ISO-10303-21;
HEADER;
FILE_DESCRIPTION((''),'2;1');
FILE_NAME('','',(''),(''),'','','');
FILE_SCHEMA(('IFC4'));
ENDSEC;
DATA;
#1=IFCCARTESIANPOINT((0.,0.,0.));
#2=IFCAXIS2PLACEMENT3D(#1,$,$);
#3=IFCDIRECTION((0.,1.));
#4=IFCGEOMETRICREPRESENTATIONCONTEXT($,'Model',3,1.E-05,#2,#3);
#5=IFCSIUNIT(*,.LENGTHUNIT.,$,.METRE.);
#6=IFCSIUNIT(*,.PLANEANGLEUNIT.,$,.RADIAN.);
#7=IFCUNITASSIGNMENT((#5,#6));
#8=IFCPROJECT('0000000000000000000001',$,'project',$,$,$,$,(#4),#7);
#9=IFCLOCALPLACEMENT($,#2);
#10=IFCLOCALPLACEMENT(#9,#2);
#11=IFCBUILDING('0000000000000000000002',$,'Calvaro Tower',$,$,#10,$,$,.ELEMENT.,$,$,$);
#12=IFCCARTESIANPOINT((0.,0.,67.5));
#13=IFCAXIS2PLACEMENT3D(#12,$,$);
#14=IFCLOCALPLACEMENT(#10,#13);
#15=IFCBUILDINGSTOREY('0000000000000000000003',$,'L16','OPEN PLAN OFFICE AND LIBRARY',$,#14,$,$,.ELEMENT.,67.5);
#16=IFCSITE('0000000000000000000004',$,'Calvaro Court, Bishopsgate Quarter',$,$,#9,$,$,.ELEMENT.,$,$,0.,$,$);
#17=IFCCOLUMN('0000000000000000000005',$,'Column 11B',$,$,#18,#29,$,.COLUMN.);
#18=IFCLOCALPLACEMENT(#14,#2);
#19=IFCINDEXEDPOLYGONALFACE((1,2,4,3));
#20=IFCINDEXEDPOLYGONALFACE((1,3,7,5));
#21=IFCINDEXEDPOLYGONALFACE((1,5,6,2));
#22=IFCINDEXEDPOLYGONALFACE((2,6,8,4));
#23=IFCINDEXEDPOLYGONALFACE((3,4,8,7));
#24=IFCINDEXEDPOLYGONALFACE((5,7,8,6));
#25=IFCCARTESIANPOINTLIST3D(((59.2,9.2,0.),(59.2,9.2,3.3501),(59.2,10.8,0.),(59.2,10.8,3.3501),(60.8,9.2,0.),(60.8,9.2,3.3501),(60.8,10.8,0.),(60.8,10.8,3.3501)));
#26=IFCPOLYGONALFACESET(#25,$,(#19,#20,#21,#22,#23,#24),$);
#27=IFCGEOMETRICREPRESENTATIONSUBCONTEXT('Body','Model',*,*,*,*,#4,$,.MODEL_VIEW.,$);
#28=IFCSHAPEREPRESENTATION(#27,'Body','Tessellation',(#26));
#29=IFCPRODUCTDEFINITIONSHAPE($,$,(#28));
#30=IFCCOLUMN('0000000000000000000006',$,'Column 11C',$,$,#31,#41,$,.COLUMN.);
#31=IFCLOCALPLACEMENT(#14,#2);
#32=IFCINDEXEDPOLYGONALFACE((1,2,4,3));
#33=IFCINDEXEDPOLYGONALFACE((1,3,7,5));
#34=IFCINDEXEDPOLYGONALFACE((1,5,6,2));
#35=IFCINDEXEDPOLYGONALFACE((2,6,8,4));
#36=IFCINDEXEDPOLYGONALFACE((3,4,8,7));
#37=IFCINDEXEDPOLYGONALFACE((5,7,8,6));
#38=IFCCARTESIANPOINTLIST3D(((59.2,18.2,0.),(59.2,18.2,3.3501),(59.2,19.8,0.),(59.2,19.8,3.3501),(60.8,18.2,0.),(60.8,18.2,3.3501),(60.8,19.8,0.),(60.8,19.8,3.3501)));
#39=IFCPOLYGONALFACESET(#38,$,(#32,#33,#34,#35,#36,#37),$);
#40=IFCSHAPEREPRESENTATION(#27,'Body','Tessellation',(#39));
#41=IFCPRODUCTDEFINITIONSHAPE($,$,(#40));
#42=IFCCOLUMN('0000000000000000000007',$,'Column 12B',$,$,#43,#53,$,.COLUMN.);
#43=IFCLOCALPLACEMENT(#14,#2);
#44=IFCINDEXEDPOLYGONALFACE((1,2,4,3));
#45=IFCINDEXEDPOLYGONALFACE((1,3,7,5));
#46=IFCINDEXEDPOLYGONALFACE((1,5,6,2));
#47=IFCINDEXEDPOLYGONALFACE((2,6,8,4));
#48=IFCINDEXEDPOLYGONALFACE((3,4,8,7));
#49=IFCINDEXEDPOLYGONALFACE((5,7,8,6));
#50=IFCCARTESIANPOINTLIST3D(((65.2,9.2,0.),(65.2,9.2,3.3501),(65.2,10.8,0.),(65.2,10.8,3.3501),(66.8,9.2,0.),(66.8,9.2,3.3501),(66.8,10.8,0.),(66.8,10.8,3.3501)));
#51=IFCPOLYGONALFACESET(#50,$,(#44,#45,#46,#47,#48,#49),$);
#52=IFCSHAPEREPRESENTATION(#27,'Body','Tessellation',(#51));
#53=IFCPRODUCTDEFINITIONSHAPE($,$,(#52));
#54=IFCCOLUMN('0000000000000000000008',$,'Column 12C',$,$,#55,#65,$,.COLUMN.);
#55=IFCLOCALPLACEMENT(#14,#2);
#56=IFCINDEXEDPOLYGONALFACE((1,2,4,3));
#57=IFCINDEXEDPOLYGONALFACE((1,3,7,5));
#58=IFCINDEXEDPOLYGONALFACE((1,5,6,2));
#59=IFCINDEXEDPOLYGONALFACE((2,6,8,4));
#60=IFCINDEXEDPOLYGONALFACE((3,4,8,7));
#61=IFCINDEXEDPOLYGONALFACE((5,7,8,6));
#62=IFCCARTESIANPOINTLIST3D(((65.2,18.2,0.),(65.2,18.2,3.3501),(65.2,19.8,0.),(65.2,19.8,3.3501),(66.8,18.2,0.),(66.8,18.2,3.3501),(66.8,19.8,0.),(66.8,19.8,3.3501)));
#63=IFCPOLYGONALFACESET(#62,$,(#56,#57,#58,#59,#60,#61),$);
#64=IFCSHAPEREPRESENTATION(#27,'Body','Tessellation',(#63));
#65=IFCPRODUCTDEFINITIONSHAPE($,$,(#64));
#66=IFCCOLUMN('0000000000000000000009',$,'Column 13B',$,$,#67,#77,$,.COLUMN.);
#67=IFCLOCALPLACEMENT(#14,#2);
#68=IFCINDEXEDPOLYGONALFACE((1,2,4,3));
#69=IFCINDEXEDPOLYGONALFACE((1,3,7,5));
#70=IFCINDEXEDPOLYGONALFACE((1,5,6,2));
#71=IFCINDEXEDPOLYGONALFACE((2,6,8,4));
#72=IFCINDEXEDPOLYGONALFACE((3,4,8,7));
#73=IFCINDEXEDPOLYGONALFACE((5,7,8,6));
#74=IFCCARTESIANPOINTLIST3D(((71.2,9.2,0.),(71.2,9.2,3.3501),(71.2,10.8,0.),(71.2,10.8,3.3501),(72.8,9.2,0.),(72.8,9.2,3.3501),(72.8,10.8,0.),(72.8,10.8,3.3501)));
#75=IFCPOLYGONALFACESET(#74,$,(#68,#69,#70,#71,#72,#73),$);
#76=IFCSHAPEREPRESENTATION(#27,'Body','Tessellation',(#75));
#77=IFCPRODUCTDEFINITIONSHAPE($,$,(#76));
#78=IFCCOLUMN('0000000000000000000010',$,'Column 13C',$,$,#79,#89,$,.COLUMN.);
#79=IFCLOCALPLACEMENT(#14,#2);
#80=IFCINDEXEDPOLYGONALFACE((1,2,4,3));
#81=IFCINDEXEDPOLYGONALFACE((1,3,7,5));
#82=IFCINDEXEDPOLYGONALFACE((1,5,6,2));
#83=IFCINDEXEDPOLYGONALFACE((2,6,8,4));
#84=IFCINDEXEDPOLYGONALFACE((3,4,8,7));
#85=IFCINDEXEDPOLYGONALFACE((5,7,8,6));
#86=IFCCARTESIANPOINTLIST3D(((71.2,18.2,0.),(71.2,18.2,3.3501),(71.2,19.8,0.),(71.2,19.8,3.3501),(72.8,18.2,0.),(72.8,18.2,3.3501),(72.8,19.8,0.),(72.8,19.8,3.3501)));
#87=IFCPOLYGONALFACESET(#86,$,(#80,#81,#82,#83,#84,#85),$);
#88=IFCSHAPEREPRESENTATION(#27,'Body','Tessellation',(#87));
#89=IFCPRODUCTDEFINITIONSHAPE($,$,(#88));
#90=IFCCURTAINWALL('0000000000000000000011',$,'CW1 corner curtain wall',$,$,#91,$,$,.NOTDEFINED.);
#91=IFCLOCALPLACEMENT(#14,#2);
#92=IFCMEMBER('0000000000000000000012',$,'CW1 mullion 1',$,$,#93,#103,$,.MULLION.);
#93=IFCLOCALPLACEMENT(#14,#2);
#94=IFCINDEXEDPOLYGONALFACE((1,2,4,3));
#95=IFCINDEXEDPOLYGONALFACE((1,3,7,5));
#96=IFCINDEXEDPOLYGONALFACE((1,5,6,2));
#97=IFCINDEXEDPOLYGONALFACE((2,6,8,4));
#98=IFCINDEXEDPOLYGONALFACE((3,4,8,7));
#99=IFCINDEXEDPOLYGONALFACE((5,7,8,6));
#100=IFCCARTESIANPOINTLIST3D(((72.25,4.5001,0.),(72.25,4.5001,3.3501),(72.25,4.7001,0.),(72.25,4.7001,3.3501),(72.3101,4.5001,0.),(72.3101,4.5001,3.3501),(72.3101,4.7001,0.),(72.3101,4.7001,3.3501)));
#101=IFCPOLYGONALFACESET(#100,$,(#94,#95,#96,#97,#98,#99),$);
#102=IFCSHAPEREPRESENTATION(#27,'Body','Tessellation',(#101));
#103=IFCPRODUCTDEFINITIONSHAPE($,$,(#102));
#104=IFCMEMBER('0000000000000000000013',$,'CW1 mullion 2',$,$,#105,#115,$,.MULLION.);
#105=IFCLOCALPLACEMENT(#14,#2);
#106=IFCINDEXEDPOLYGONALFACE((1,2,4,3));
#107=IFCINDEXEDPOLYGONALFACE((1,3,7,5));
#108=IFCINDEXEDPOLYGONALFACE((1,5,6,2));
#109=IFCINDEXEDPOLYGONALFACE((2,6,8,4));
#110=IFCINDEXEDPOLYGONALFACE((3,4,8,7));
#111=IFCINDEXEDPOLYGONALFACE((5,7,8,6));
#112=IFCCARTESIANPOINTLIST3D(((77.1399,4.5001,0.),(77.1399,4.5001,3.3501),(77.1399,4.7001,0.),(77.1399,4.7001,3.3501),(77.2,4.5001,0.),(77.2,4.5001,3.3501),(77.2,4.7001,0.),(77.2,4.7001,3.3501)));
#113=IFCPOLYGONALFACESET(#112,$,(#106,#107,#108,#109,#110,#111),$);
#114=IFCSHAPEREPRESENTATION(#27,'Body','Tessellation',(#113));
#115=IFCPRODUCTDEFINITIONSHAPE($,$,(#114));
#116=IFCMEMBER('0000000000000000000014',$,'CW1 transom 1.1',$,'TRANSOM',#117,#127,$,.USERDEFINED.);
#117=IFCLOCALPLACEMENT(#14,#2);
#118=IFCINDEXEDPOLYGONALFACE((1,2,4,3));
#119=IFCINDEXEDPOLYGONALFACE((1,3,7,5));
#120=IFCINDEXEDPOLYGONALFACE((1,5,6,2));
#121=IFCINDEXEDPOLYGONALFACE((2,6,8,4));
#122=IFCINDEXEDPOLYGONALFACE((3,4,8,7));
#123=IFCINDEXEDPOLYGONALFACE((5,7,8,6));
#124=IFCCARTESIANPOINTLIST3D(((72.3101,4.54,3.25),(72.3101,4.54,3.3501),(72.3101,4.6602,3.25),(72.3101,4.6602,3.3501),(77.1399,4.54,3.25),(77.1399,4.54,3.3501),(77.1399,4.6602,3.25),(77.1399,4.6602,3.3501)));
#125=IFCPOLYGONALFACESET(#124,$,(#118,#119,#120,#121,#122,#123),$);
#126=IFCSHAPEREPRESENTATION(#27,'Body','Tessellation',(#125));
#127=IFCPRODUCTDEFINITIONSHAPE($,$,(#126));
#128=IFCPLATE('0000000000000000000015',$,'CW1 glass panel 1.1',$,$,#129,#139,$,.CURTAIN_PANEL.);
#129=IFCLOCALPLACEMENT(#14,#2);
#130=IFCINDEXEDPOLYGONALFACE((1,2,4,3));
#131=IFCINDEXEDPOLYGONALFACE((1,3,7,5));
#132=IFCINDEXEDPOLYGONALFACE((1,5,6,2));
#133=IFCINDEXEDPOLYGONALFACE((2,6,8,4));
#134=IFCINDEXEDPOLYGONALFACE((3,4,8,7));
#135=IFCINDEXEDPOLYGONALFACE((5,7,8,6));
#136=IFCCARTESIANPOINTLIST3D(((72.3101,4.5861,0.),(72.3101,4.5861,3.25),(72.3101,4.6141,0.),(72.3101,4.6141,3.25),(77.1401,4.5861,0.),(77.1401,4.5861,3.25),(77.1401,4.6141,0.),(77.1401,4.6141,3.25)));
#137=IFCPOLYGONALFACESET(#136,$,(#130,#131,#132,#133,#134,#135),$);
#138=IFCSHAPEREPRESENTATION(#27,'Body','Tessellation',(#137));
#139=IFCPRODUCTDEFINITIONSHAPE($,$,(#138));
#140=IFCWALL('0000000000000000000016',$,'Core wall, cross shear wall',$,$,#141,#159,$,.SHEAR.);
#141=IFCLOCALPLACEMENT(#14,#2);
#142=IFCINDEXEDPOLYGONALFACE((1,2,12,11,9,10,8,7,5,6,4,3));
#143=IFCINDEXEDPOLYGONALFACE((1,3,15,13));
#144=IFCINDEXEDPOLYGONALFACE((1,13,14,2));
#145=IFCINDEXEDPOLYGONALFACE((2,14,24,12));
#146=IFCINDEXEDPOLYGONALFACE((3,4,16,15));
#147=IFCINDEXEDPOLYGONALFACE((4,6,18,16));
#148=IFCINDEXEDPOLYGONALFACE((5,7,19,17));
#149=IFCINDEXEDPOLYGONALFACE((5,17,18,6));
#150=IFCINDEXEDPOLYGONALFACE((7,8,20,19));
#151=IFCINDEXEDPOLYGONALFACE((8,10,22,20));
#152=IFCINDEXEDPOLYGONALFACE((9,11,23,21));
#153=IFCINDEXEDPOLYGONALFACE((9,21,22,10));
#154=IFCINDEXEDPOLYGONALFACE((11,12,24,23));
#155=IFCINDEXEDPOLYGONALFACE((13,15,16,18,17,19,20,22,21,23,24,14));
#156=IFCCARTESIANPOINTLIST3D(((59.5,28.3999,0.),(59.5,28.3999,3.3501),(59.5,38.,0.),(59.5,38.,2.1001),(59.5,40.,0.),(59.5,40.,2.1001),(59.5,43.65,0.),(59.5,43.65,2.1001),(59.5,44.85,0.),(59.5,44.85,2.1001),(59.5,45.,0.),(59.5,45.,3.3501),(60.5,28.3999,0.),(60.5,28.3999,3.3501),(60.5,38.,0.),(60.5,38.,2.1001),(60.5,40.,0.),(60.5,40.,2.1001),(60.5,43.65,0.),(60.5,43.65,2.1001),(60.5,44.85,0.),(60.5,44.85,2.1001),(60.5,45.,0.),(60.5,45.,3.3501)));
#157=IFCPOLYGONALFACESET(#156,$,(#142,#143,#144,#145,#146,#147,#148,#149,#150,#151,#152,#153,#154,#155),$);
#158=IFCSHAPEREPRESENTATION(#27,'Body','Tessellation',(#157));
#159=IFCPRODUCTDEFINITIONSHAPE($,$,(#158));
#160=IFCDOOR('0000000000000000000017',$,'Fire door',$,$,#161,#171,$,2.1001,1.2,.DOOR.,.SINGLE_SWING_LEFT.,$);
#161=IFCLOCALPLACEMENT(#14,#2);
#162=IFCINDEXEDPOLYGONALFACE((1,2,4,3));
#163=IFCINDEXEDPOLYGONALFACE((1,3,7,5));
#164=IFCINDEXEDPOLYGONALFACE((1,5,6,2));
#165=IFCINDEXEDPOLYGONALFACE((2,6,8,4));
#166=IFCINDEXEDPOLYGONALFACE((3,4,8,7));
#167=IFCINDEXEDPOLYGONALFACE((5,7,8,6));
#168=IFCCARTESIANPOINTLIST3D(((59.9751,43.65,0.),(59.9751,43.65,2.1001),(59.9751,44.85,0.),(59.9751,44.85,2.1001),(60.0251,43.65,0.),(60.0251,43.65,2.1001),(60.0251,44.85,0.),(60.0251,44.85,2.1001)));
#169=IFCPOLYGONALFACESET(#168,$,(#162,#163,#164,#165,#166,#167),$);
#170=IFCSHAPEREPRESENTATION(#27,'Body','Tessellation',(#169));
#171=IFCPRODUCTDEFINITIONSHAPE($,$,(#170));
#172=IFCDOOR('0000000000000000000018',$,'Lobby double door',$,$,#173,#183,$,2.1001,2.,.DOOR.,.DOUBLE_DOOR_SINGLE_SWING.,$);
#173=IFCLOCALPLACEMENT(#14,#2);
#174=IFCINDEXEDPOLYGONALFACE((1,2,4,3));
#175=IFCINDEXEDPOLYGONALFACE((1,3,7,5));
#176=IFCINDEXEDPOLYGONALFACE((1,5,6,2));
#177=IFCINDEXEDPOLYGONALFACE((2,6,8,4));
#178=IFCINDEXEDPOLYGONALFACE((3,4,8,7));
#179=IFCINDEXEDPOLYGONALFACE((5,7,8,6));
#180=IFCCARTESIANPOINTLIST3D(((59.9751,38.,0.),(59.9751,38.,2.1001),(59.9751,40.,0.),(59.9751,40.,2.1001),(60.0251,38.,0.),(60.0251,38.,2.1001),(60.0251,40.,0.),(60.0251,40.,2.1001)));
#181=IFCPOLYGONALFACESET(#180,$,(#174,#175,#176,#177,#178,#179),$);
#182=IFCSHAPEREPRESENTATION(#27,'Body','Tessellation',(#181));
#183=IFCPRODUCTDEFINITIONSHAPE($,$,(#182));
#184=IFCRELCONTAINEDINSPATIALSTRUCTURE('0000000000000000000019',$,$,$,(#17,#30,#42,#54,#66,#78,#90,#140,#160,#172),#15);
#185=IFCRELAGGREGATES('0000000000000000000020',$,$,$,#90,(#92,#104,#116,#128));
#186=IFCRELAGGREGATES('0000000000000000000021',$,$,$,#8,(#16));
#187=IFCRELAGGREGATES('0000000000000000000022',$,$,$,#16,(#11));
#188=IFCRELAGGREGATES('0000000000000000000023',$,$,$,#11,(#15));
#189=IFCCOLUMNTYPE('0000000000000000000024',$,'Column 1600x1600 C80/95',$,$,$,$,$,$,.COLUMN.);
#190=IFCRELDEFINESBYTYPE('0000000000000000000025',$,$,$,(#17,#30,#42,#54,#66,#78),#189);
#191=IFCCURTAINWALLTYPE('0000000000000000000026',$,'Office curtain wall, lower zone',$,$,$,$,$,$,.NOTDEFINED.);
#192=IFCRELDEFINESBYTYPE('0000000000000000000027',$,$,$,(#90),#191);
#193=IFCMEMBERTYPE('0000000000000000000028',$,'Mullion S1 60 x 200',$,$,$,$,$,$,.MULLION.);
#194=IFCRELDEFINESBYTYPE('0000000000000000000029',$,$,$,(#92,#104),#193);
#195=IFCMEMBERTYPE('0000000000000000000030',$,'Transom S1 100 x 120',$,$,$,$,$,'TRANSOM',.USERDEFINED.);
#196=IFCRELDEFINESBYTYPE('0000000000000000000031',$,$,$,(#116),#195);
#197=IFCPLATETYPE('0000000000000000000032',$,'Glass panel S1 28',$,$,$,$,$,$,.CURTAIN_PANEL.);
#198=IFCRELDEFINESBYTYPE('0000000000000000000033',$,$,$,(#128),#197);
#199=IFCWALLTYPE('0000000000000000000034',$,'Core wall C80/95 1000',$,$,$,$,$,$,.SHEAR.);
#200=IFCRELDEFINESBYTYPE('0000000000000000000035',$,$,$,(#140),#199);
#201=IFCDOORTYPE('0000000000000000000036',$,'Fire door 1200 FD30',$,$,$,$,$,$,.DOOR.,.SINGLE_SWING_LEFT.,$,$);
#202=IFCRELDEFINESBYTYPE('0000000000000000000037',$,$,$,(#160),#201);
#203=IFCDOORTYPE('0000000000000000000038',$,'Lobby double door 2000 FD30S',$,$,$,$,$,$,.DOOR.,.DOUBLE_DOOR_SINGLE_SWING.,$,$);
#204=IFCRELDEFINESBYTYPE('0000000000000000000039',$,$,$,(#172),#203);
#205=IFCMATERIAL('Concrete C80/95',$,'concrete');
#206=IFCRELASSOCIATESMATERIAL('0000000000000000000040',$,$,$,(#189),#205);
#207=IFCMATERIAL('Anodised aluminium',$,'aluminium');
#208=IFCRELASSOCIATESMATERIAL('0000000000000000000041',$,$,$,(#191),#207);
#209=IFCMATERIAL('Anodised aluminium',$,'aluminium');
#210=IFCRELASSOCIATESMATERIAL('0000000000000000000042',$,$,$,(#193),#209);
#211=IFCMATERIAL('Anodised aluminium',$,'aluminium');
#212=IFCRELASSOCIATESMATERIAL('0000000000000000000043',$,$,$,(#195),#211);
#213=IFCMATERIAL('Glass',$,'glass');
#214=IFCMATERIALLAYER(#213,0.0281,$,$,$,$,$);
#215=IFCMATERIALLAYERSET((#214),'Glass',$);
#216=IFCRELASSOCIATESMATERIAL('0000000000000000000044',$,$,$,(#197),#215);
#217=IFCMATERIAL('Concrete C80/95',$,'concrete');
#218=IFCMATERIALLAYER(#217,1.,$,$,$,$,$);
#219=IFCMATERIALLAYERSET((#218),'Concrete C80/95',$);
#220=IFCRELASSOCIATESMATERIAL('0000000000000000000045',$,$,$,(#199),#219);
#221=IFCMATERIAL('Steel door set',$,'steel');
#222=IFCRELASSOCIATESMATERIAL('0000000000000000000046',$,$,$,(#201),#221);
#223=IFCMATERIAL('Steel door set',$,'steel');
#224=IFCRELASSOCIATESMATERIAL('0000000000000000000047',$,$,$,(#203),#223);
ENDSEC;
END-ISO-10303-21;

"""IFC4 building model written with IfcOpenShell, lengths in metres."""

from ifc_helpers import new_model, si_unit, direction, frame, frame_2d, origin, origin_2d, place, context, subcontext, project, spatial, rectangle, extrude, material, layer, layer_set, material_profile, profile_set, type_object, element, fill, aggregate, save


model = new_model("IFC4")

# Units and contexts
model_context = context("Model", 3, precision=1e-05, world=origin(), true_north=direction((0.0, 1.0)))
body_context = subcontext(model_context, "Body", "Model", "MODEL_VIEW")
ifc_project = project(units=[si_unit("LENGTHUNIT", "METRE"), si_unit("PLANEANGLEUNIT", "RADIAN")], contexts=[model_context])

# Site, building, storey
site_placement = place(None, origin())
site = spatial("IfcSite", under=ifc_project, at=site_placement, Name="Calvaro Court, Bishopsgate Quarter", CompositionType="ELEMENT", RefElevation=0.0)
building_placement = place(site_placement, origin())
building = spatial("IfcBuilding", under=site, at=building_placement, Name="Calvaro Tower", CompositionType="ELEMENT")
storey_placement = place(building_placement, frame((0.0, 0.0, 67.5)))
storey = spatial("IfcBuildingStorey", under=building, at=storey_placement, Name="L16", Description="OPEN PLAN OFFICE AND LIBRARY", CompositionType="ELEMENT", Elevation=67.5)

# Columns
ifc_material_1 = material(Name="Concrete C80/95", Category="concrete")
ifc_material_profile_1 = material_profile(ifc_material_1, rectangle(XDim=1.6001, YDim=1.6001, at=origin_2d()), Name="RC 1600x1600")
ifc_profile_set_1 = profile_set([ifc_material_profile_1], Name="Concrete C80/95")
column_type = type_object("IfcColumnType", Name="Column 1600x1600 C80/95", PredefinedType="COLUMN", material=ifc_profile_set_1)
for number, where, z_axis, x_axis, name in (
    (1, (60.0, 10.0, 0.0), (0.0, 0.0, 1.0), (1.0, 0.0, 0.0), "Column 11B"),
    (2, (60.0, 19.0, 0.0), (0.0, 0.0, 1.0), (1.0, 0.0, 0.0), "Column 11C"),
    (3, (66.0, 10.0, 0.0), (0.0, 0.0, 1.0), (1.0, 0.0, 0.0), "Column 12B"),
    (4, (66.0, 19.0, 0.0), (0.0, 0.0, 1.0), (1.0, 0.0, 0.0), "Column 12C"),
    (5, (72.0, 10.0, 0.0), (0.0, 0.0, 1.0), (1.0, 0.0, 0.0), "Column 13B"),
    (6, (72.0, 19.0, 0.0), (0.0, 0.0, 1.0), (1.0, 0.0, 0.0), "Column 13C"),
):
    element("IfcColumn", number, at=place(storey_placement, frame(where, z_axis=z_axis, x_axis=x_axis)), inside=storey, type_object=column_type, Name=name, PredefinedType="COLUMN", context=body_context, shape_type="SweptSolid", body=[
        extrude(rectangle(XDim=1.6001, YDim=1.6001, at=origin_2d()), origin(), (0.0, 0.0, 1.0), 3.3501),
    ])

# Curtain wall, members, plate
ifc_material_2 = material(Name="Anodised aluminium", Category="aluminium")
curtain_wall_type = type_object("IfcCurtainWallType", Name="Office curtain wall, lower zone", PredefinedType="NOTDEFINED", material=ifc_material_2)
curtain_wall_placement = place(storey_placement, origin())
curtain_wall = element("IfcCurtainWall", 7, at=curtain_wall_placement, inside=storey, type_object=curtain_wall_type, Name="CW1 corner curtain wall", PredefinedType="NOTDEFINED")
ifc_material_3 = material(Name="Anodised aluminium", Category="aluminium")
ifc_material_profile_2 = material_profile(ifc_material_3, rectangle(XDim=0.2, YDim=0.0601, at=origin_2d()), Name="Mullion S1 60 x 200")
ifc_profile_set_2 = profile_set([ifc_material_profile_2], Name="Anodised aluminium")
member_type_1 = type_object("IfcMemberType", Name="Mullion S1 60 x 200", PredefinedType="MULLION", material=ifc_profile_set_2)
member_1_placement = place(storey_placement, frame((72.28, 4.6001, 0.0), z_axis=(0.0, 0.0, 1.0), x_axis=(0.0, 1.0, 0.0)))
member_1 = element("IfcMember", 8, at=member_1_placement, type_object=member_type_1, Name="CW1 mullion 1", PredefinedType="MULLION", context=body_context, shape_type="SweptSolid", body=[
    extrude(rectangle(XDim=0.2, YDim=0.0601, at=origin_2d()), origin(), (0.0, 0.0, 1.0), 3.3501),
])
member_2_placement = place(storey_placement, frame((77.1699, 4.6001, 0.0), z_axis=(0.0, 0.0, 1.0), x_axis=(0.0, 1.0, 0.0)))
member_2 = element("IfcMember", 9, at=member_2_placement, type_object=member_type_1, Name="CW1 mullion 2", PredefinedType="MULLION", context=body_context, shape_type="SweptSolid", body=[
    extrude(rectangle(XDim=0.2, YDim=0.0601, at=origin_2d()), origin(), (0.0, 0.0, 1.0), 3.3501),
])
ifc_material_4 = material(Name="Anodised aluminium", Category="aluminium")
ifc_material_profile_3 = material_profile(ifc_material_4, rectangle(XDim=0.1201, YDim=0.1001, at=origin_2d()), Name="Transom S1 100 x 120")
ifc_profile_set_3 = profile_set([ifc_material_profile_3], Name="Anodised aluminium")
member_type_2 = type_object("IfcMemberType", Name="Transom S1 100 x 120", ElementType="TRANSOM", PredefinedType="USERDEFINED", material=ifc_profile_set_3)
member_3_placement = place(storey_placement, frame((72.3101, 4.6001, 3.3), z_axis=(1.0, 0.0, 0.0), x_axis=(0.0, 1.0, 0.0)))
member_3 = element("IfcMember", 10, at=member_3_placement, type_object=member_type_2, Name="CW1 transom 1.1", ObjectType="TRANSOM", PredefinedType="USERDEFINED", context=body_context, shape_type="SweptSolid", body=[
    extrude(rectangle(XDim=0.1201, YDim=0.1001, at=origin_2d()), origin(), (0.0, 0.0, 1.0), 4.8298),
])
ifc_material_5 = material(Name="Glass", Category="glass")
ifc_layer_1 = layer(ifc_material_5, 0.0281)
ifc_layer_set_1 = layer_set([ifc_layer_1], Name="Glass")
plate_type = type_object("IfcPlateType", Name="Glass panel S1 28", PredefinedType="CURTAIN_PANEL", material=ifc_layer_set_1)
plate_placement = place(storey_placement, frame((74.7251, 4.6001, 0.0), z_axis=(0.0, 0.0, 1.0), x_axis=(1.0, 0.0, 0.0)))
plate = element("IfcPlate", 11, at=plate_placement, type_object=plate_type, Name="CW1 glass panel 1.1", PredefinedType="CURTAIN_PANEL", context=body_context, shape_type="SweptSolid", body=[
    extrude(rectangle(XDim=4.8301, YDim=0.0281, at=origin_2d()), origin(), (0.0, 0.0, 1.0), 3.25),
])
aggregate(curtain_wall, [member_1, member_2, member_3, plate])

# Wall, openings, doors
ifc_material_6 = material(Name="Concrete C80/95", Category="concrete")
ifc_layer_2 = layer(ifc_material_6, 1.0)
ifc_layer_set_2 = layer_set([ifc_layer_2], Name="Concrete C80/95")
wall_type_1 = type_object("IfcWallType", Name="Core wall C80/95 1000", PredefinedType="SHEAR", material=ifc_layer_set_2)
wall_1_placement = place(storey_placement, frame((60.0, 28.3999, 0.0), z_axis=(0.0, 0.0, 1.0), x_axis=(0.0, 1.0, 0.0)))
wall_1 = element("IfcWall", 12, at=wall_1_placement, inside=storey, type_object=wall_type_1, Name="Core wall, cross shear wall", PredefinedType="SHEAR", context=body_context, shape_type="SweptSolid", body=[
    extrude(rectangle(XDim=16.6001, YDim=1.0, at=frame_2d((8.3, 0.0))), origin(), (0.0, 0.0, 1.0), 3.3501),
])
opening_1_placement = place(wall_1_placement, frame((9.6001, 0.0, 0.0)))
opening_1 = element("IfcOpeningElement", 13, at=opening_1_placement, cuts=wall_1, PredefinedType="OPENING", context=body_context, shape_type="SweptSolid", body=[
    extrude(rectangle(XDim=2.0, YDim=2.1001, at=frame_2d((1.0, 1.05))), frame((0.0, 0.51, 0.0), z_axis=(0.0, -1.0, 0.0), x_axis=(1.0, 0.0, 0.0)), (0.0, 0.0, 1.0), 1.02),
])
opening_2_placement = place(wall_1_placement, frame((15.25, 0.0, 0.0)))
opening_2 = element("IfcOpeningElement", 14, at=opening_2_placement, cuts=wall_1, PredefinedType="OPENING", context=body_context, shape_type="SweptSolid", body=[
    extrude(rectangle(XDim=1.2, YDim=2.1001, at=frame_2d((0.6001, 1.05))), frame((0.0, 0.51, 0.0), z_axis=(0.0, -1.0, 0.0), x_axis=(1.0, 0.0, 0.0)), (0.0, 0.0, 1.0), 1.02),
])
ifc_material_7 = material(Name="Steel door set", Category="steel")
door_type_1 = type_object("IfcDoorType", Name="Fire door 1200 FD30", OperationType="SINGLE_SWING_LEFT", PredefinedType="DOOR", material=ifc_material_7)
door_1_placement = place(opening_2_placement, origin())
door_1 = element("IfcDoor", 15, at=door_1_placement, inside=storey, type_object=door_type_1, Name="Fire door", OperationType="SINGLE_SWING_LEFT", OverallHeight=2.1001, OverallWidth=1.2, PredefinedType="DOOR", context=body_context, shape_type="SweptSolid", body=[
    extrude(rectangle(XDim=1.2, YDim=2.1001, at=frame_2d((0.6001, 1.05))), frame((0.0, 0.0249, 0.0), z_axis=(0.0, -1.0, 0.0), x_axis=(1.0, 0.0, 0.0)), (0.0, 0.0, 1.0), 0.05),
])
fill(opening_2, door_1)
ifc_material_8 = material(Name="Steel door set", Category="steel")
door_type_2 = type_object("IfcDoorType", Name="Lobby double door 2000 FD30S", OperationType="DOUBLE_DOOR_SINGLE_SWING", PredefinedType="DOOR", material=ifc_material_8)
door_2_placement = place(opening_1_placement, origin())
door_2 = element("IfcDoor", 16, at=door_2_placement, inside=storey, type_object=door_type_2, Name="Lobby double door", OperationType="DOUBLE_DOOR_SINGLE_SWING", OverallHeight=2.1001, OverallWidth=2.0, PredefinedType="DOOR", context=body_context, shape_type="SweptSolid", body=[
    extrude(rectangle(XDim=2.0, YDim=2.1001, at=frame_2d((1.0, 1.05))), frame((0.0, 0.0249, 0.0), z_axis=(0.0, -1.0, 0.0), x_axis=(1.0, 0.0, 0.0)), (0.0, 0.0, 1.0), 0.05),
])
fill(opening_1, door_2)

save(model, "model.ifc")
